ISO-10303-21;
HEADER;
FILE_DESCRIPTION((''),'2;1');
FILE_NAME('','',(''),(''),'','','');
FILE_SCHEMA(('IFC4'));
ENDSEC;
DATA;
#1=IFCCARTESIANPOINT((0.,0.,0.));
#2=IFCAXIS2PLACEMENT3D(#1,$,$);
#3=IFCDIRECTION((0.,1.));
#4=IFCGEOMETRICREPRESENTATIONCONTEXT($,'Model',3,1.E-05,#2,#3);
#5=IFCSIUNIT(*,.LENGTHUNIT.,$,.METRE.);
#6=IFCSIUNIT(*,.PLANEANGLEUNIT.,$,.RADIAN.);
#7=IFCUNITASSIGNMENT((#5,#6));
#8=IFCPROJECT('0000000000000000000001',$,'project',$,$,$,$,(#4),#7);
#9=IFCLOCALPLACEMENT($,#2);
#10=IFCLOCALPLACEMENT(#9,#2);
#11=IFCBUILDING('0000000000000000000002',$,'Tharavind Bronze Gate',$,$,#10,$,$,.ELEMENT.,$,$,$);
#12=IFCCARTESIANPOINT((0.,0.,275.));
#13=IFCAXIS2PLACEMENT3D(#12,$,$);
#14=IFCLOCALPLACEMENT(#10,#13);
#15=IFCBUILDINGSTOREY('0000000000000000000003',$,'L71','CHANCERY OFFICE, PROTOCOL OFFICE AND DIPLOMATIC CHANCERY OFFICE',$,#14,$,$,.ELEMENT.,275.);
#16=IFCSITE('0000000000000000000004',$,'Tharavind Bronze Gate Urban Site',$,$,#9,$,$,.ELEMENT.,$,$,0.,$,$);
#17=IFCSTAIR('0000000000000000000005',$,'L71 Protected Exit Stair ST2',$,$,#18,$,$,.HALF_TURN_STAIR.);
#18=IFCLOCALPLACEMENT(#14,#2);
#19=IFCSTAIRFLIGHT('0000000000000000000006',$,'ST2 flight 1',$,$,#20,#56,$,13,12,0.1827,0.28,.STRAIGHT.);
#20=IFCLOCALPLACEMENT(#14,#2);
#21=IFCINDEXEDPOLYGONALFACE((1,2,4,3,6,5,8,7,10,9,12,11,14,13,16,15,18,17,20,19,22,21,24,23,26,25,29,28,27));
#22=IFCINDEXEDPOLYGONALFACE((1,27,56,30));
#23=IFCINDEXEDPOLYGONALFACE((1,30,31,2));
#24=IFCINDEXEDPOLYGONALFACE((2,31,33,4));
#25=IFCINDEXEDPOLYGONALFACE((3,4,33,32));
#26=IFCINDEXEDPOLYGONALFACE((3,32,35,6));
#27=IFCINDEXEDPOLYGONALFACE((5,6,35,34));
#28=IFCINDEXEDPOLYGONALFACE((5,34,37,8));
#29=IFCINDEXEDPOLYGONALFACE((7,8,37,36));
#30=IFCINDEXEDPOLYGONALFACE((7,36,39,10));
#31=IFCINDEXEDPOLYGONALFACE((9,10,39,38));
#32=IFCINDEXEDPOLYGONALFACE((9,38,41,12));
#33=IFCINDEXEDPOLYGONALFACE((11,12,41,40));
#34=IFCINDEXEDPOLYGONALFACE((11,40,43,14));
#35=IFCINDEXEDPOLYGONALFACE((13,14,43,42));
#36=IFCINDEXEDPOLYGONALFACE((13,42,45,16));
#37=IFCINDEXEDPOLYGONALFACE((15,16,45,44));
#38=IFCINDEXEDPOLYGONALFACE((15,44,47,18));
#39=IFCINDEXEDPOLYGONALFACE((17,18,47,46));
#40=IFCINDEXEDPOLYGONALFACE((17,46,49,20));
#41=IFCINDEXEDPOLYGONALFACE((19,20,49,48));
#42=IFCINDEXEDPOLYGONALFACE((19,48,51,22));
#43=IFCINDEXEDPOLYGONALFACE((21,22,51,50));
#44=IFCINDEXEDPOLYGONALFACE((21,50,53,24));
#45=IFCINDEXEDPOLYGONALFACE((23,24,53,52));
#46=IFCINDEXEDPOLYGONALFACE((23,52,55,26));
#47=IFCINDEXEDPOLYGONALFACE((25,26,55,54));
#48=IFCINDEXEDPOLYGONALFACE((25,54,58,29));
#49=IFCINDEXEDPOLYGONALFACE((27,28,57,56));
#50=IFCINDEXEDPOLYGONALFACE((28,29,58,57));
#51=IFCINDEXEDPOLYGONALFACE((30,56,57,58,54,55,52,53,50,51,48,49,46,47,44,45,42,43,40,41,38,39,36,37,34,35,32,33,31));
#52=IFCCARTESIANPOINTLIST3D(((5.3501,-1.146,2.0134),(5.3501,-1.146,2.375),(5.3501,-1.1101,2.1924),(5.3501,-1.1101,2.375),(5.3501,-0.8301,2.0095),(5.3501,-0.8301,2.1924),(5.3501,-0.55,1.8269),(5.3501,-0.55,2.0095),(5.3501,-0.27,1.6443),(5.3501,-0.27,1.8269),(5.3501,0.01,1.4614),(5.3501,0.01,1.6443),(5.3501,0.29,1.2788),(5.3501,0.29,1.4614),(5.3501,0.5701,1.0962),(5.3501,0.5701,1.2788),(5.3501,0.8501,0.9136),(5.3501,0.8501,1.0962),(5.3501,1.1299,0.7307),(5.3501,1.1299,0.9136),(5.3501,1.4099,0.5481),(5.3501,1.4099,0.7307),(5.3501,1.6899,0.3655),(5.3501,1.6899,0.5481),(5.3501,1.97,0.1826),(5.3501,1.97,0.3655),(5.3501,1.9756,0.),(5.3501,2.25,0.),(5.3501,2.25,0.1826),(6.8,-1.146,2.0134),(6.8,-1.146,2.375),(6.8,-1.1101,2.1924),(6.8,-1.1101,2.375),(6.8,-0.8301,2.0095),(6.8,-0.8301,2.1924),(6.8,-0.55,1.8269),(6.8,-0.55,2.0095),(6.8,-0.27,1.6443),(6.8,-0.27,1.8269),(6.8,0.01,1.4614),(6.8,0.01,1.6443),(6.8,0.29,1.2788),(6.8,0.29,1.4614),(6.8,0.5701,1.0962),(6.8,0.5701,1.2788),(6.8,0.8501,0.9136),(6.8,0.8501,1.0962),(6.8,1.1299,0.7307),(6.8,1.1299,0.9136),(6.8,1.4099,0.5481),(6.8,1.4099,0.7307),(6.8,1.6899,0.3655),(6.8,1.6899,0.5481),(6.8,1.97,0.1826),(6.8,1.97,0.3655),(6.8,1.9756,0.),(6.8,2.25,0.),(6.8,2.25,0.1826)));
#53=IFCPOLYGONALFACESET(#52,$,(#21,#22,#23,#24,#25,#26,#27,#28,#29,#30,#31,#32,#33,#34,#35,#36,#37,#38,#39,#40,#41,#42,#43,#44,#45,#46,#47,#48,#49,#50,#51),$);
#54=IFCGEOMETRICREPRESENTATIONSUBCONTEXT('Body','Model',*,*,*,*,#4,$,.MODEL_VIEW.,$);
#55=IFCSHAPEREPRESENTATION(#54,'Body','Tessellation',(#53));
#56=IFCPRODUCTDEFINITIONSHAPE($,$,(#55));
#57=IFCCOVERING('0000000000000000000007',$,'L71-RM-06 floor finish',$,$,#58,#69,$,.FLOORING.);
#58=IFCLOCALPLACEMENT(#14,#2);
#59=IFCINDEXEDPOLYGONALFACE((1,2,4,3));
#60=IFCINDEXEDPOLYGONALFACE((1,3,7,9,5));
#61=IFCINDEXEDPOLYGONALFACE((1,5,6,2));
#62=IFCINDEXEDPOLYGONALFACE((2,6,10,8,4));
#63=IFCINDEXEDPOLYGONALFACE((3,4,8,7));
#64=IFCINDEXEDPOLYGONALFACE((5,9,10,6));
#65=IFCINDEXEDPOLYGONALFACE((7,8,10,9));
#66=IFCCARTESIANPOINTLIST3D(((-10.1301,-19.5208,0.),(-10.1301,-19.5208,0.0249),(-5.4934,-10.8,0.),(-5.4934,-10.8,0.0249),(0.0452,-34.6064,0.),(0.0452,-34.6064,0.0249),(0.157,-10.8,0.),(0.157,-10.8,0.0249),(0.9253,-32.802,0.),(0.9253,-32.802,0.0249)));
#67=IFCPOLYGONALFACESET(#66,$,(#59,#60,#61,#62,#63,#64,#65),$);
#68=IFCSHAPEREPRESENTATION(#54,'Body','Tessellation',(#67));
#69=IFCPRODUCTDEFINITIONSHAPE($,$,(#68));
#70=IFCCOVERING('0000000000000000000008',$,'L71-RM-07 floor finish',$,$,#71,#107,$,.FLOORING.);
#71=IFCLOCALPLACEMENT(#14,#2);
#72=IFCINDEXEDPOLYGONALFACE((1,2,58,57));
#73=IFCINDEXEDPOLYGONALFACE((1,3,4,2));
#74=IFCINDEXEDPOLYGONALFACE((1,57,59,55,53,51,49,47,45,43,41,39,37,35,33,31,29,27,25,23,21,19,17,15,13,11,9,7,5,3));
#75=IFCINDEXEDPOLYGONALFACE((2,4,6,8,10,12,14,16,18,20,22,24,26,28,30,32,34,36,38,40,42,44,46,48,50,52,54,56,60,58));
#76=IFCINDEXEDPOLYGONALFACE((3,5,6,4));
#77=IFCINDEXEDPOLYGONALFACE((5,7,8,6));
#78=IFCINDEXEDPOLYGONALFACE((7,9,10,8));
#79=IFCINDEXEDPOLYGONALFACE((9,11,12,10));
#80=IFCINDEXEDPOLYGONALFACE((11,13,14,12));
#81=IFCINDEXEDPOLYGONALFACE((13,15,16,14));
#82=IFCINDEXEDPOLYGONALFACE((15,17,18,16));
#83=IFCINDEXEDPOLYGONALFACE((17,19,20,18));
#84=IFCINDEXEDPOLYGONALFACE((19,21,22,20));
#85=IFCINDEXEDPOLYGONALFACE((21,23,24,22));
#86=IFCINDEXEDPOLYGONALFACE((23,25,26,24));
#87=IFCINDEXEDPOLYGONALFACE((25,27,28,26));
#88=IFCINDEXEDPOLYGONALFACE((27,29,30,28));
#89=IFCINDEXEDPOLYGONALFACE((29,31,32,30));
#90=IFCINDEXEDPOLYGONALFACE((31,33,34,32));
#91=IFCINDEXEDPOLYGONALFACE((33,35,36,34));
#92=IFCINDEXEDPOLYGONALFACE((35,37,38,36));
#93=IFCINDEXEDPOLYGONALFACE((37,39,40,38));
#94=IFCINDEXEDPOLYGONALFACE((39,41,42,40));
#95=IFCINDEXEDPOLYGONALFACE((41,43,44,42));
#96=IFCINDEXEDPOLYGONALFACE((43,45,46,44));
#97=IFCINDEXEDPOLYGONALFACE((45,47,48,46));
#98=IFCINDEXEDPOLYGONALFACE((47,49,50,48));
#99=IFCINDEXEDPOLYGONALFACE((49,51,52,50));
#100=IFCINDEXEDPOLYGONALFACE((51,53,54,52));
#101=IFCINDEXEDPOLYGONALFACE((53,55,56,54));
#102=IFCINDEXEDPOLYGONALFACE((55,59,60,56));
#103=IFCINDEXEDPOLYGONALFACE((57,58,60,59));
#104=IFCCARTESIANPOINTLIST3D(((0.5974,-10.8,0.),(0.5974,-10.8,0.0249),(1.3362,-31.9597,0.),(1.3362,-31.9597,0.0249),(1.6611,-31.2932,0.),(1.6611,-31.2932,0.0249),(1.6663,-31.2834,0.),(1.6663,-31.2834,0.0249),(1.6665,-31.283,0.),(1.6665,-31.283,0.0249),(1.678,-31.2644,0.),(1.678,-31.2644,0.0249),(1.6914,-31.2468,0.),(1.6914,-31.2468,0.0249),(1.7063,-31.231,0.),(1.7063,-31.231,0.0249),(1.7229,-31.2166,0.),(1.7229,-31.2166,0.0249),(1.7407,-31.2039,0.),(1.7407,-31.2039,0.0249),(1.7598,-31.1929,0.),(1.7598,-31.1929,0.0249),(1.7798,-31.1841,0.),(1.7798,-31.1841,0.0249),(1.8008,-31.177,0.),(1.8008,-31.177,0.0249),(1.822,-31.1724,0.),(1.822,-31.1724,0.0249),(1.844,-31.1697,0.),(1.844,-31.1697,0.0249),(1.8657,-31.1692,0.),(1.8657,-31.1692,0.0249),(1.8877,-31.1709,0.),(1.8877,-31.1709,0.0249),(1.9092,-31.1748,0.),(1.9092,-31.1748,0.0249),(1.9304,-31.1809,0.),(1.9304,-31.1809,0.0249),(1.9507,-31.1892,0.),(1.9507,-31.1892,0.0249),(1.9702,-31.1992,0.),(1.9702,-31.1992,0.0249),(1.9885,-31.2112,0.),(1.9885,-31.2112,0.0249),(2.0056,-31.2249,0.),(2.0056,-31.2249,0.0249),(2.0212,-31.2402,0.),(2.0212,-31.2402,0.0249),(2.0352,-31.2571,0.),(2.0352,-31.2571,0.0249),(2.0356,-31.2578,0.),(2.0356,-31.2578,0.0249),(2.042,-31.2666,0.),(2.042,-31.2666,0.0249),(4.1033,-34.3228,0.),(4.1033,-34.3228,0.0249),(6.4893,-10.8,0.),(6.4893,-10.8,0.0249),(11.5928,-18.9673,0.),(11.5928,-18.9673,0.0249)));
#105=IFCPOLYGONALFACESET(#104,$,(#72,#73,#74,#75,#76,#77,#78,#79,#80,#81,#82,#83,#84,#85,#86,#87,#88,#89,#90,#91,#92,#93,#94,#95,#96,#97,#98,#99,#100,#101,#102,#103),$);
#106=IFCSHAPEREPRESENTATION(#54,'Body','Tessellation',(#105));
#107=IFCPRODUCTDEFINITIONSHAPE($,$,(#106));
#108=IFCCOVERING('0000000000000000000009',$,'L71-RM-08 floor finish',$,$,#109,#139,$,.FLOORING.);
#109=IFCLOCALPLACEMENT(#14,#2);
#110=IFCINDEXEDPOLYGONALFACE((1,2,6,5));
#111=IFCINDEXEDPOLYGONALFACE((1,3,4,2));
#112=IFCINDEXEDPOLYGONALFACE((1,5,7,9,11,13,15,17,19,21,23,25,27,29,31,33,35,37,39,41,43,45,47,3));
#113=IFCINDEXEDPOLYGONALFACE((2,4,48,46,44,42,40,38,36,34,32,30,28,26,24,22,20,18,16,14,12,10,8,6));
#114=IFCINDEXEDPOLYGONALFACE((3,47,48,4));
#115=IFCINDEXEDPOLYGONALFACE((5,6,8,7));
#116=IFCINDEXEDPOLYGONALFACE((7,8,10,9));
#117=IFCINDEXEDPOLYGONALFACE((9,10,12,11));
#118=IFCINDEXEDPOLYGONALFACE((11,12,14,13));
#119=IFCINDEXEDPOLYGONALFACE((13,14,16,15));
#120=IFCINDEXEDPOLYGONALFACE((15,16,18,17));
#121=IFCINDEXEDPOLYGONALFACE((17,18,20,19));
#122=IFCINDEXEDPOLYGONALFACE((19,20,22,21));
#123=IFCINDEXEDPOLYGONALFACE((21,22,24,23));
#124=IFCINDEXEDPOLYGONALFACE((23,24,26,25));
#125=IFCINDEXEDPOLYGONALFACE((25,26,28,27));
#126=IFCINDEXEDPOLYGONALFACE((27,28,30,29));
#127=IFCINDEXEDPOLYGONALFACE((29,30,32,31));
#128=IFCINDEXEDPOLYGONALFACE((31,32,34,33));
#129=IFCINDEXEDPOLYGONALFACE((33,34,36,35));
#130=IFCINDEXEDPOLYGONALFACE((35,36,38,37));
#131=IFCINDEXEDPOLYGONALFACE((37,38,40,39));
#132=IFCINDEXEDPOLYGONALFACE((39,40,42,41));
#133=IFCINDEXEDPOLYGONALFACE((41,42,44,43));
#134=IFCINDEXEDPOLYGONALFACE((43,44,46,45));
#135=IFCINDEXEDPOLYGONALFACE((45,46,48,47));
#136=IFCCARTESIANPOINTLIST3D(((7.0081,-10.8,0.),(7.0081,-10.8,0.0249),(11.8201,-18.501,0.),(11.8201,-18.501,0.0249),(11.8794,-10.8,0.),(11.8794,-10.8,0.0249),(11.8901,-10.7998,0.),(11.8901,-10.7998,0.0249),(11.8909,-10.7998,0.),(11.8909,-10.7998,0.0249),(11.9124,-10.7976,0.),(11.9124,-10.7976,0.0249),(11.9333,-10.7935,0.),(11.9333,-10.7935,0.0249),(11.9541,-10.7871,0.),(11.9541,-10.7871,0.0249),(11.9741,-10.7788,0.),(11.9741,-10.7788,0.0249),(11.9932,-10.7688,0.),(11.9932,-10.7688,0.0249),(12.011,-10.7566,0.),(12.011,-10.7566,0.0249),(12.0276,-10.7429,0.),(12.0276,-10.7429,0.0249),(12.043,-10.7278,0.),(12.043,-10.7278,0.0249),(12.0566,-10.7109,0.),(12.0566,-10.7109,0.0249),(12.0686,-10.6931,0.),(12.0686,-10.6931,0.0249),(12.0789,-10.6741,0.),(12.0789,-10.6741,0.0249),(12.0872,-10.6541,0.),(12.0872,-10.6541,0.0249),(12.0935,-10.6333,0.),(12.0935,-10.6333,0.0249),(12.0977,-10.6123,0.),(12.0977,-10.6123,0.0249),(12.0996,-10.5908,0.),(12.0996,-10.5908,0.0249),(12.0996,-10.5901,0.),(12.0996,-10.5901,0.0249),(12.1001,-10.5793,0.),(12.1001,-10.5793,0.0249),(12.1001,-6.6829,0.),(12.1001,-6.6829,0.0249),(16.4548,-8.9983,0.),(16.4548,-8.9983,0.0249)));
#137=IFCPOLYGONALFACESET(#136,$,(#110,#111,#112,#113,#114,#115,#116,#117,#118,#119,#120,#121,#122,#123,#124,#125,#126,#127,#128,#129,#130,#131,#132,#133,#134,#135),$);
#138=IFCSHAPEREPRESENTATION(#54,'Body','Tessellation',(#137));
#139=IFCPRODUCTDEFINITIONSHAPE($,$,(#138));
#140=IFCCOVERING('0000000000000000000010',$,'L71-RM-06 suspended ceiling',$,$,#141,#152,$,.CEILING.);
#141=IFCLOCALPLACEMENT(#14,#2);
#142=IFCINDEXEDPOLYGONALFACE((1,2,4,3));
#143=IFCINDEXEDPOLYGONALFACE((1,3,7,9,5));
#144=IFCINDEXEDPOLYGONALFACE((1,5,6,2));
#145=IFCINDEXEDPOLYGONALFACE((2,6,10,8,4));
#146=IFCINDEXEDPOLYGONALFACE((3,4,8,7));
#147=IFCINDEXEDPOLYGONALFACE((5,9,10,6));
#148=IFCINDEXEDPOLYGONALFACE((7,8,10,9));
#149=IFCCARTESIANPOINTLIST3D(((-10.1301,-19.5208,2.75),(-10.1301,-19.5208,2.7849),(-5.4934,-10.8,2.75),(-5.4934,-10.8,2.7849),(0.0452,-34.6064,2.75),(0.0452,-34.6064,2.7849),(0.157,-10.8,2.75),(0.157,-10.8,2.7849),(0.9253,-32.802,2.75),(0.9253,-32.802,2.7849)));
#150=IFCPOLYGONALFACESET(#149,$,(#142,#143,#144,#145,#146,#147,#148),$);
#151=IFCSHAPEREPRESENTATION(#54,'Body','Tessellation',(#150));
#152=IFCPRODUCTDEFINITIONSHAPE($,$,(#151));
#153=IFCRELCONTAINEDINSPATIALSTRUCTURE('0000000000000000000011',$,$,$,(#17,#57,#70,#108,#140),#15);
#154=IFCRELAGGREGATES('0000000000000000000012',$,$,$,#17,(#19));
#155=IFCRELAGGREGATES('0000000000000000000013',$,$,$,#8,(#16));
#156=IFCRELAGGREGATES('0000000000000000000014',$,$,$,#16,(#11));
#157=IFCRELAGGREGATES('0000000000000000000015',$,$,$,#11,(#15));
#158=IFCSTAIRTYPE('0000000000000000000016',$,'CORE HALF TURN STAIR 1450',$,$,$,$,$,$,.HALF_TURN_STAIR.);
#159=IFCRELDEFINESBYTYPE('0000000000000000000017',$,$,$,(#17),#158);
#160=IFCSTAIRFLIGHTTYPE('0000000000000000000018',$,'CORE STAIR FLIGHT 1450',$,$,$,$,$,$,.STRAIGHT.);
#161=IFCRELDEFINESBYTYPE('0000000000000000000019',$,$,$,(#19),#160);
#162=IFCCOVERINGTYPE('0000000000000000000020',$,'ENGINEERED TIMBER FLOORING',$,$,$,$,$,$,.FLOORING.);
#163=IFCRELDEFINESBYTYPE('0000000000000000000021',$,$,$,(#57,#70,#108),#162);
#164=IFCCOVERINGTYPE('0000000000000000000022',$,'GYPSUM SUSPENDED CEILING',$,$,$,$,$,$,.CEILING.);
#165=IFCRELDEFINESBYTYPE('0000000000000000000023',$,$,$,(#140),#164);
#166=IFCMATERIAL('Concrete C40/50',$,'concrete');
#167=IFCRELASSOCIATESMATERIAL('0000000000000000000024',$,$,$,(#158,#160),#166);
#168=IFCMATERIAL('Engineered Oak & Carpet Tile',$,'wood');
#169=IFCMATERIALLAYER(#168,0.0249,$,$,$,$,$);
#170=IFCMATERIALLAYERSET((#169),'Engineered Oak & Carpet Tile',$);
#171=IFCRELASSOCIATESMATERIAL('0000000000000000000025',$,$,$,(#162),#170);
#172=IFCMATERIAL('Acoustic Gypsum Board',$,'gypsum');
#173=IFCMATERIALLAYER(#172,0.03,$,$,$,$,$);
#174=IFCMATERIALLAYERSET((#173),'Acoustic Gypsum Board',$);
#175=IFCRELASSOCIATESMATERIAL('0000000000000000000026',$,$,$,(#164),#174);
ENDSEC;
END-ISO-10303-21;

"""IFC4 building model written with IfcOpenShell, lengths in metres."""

from ifc_helpers import new_model, si_unit, direction, frame, origin, place, context, subcontext, project, spatial, polyline, outline, extrude, material, layer, layer_set, type_object, element, aggregate, save


model = new_model("IFC4")

# Units and contexts
model_context = context("Model", 3, precision=1e-05, world=origin(), true_north=direction((0.0, 1.0)))
body_context = subcontext(model_context, "Body", "Model", "MODEL_VIEW")
ifc_project = project(units=[si_unit("LENGTHUNIT", "METRE"), si_unit("PLANEANGLEUNIT", "RADIAN")], contexts=[model_context])

# Site, building, storey
site_placement = place(None, origin())
site = spatial("IfcSite", under=ifc_project, at=site_placement, Name="Tharavind Bronze Gate Urban Site", CompositionType="ELEMENT", RefElevation=0.0)
building_placement = place(site_placement, origin())
building = spatial("IfcBuilding", under=site, at=building_placement, Name="Tharavind Bronze Gate", CompositionType="ELEMENT")
storey_placement = place(building_placement, frame((0.0, 0.0, 275.0)))
storey = spatial("IfcBuildingStorey", under=building, at=storey_placement, Name="L71", Description="CHANCERY OFFICE, PROTOCOL OFFICE AND DIPLOMATIC CHANCERY OFFICE", CompositionType="ELEMENT", Elevation=275.0)

# Shared definitions
ifc_material_1 = material(Name="Concrete C40/50", Category="concrete")

# Stair, stair flight
stair_type = type_object("IfcStairType", Name="CORE HALF TURN STAIR 1450", PredefinedType="HALF_TURN_STAIR", material=ifc_material_1)
stair_placement = place(storey_placement, origin())
stair = element("IfcStair", 1, at=stair_placement, inside=storey, type_object=stair_type, Name="L71 Protected Exit Stair ST2", PredefinedType="HALF_TURN_STAIR")
stair_flight_type = type_object("IfcStairFlightType", Name="CORE STAIR FLIGHT 1450", PredefinedType="STRAIGHT", material=ifc_material_1)
stair_flight_placement = place(storey_placement, frame((6.075, 2.25, 0.0), z_axis=(0.0, 0.0, 1.0), x_axis=(0.0, -1.0, 0.0)))
stair_flight = element("IfcStairFlight", 2, at=stair_flight_placement, type_object=stair_flight_type, Name="ST2 flight 1", NumberOfRisers=13, NumberOfTreads=12, PredefinedType="STRAIGHT", RiserHeight=0.1827, TreadLength=0.28, context=body_context, shape_type="SweptSolid", body=[
    extrude(outline(polyline([(0.0, 0.0), (0.0, 0.1826), (0.28, 0.1826), (0.28, 0.3655), (0.5601, 0.3655), (0.5601, 0.5481), (0.8401, 0.5481), (0.8401, 0.7307), (1.1201, 0.7307), (1.1201, 0.9136), (1.3999, 0.9136), (1.3999, 1.0962), (1.6799, 1.0962), (1.6799, 1.2788), (1.96, 1.2788), (1.96, 1.4614), (2.24, 1.4614), (2.24, 1.6443), (2.52, 1.6443), (2.52, 1.8269), (2.8, 1.8269), (2.8, 2.0095), (3.0801, 2.0095), (3.0801, 2.1924), (3.3601, 2.1924), (3.3601, 2.375), (3.396, 2.375), (3.396, 2.0134), (0.2744, 0.0), (0.0, 0.0)])), frame((0.0, 0.7251, 0.0), z_axis=(0.0, -1.0, 0.0), x_axis=(1.0, 0.0, 0.0)), (0.0, 0.0, 1.0), 1.45),
])
aggregate(stair, [stair_flight])

# Coverings
ifc_material_2 = material(Name="Engineered Oak & Carpet Tile", Category="wood")
ifc_layer_1 = layer(ifc_material_2, 0.0249)
ifc_layer_set_1 = layer_set([ifc_layer_1], Name="Engineered Oak & Carpet Tile")
covering_type_1 = type_object("IfcCoveringType", Name="ENGINEERED TIMBER FLOORING", PredefinedType="FLOORING", material=ifc_layer_set_1)
covering_1_placement = place(storey_placement, origin())
element("IfcCovering", 3, at=covering_1_placement, inside=storey, type_object=covering_type_1, Name="L71-RM-06 floor finish", PredefinedType="FLOORING", context=body_context, shape_type="SweptSolid", body=[
    extrude(outline(polyline([(0.0452, -34.6064), (0.9253, -32.802), (0.157, -10.8), (-5.4934, -10.8), (-10.1301, -19.5208), (0.0452, -34.6064)])), origin(), (0.0, 0.0, 1.0), 0.0249),
])
covering_2_placement = place(storey_placement, origin())
element("IfcCovering", 4, at=covering_2_placement, inside=storey, type_object=covering_type_1, Name="L71-RM-07 floor finish", PredefinedType="FLOORING", context=body_context, shape_type="SweptSolid", body=[
    extrude(outline(polyline([(1.3362, -31.9597), (1.6611, -31.2932), (1.6663, -31.2834), (1.6665, -31.283), (1.678, -31.2644), (1.6914, -31.2468), (1.7063, -31.231), (1.7229, -31.2166), (1.7407, -31.2039), (1.7598, -31.1929), (1.7798, -31.1841), (1.8008, -31.177), (1.822, -31.1724), (1.844, -31.1697), (1.8657, -31.1692), (1.8877, -31.1709), (1.9092, -31.1748), (1.9304, -31.1809), (1.9507, -31.1892), (1.9702, -31.1992), (1.9885, -31.2112), (2.0056, -31.2249), (2.0212, -31.2402), (2.0352, -31.2571), (2.0356, -31.2578), (2.042, -31.2666), (4.1033, -34.3228), (11.5928, -18.9673), (6.4893, -10.8), (0.5974, -10.8), (1.3362, -31.9597)])), origin(), (0.0, 0.0, 1.0), 0.0249),
])
covering_3_placement = place(storey_placement, origin())
element("IfcCovering", 5, at=covering_3_placement, inside=storey, type_object=covering_type_1, Name="L71-RM-08 floor finish", PredefinedType="FLOORING", context=body_context, shape_type="SweptSolid", body=[
    extrude(outline(polyline([(11.8201, -18.501), (16.4548, -8.9983), (12.1001, -6.6829), (12.1001, -10.5793), (12.0996, -10.5901), (12.0996, -10.5908), (12.0977, -10.6123), (12.0935, -10.6333), (12.0872, -10.6541), (12.0789, -10.6741), (12.0686, -10.6931), (12.0566, -10.7109), (12.043, -10.7278), (12.0276, -10.7429), (12.011, -10.7566), (11.9932, -10.7688), (11.9741, -10.7788), (11.9541, -10.7871), (11.9333, -10.7935), (11.9124, -10.7976), (11.8909, -10.7998), (11.8901, -10.7998), (11.8794, -10.8), (7.0081, -10.8), (11.8201, -18.501)])), origin(), (0.0, 0.0, 1.0), 0.0249),
])
ifc_material_3 = material(Name="Acoustic Gypsum Board", Category="gypsum")
ifc_layer_2 = layer(ifc_material_3, 0.03)
ifc_layer_set_2 = layer_set([ifc_layer_2], Name="Acoustic Gypsum Board")
covering_type_2 = type_object("IfcCoveringType", Name="GYPSUM SUSPENDED CEILING", PredefinedType="CEILING", material=ifc_layer_set_2)
covering_4_placement = place(storey_placement, frame((0.0, 0.0, 2.75)))
element("IfcCovering", 6, at=covering_4_placement, inside=storey, type_object=covering_type_2, Name="L71-RM-06 suspended ceiling", PredefinedType="CEILING", context=body_context, shape_type="SweptSolid", body=[
    extrude(outline(polyline([(0.0452, -34.6064), (0.9253, -32.802), (0.157, -10.8), (-5.4934, -10.8), (-10.1301, -19.5208), (0.0452, -34.6064)])), origin(), (0.0, 0.0, 1.0), 0.0349),
])

save(model, "model.ifc")
